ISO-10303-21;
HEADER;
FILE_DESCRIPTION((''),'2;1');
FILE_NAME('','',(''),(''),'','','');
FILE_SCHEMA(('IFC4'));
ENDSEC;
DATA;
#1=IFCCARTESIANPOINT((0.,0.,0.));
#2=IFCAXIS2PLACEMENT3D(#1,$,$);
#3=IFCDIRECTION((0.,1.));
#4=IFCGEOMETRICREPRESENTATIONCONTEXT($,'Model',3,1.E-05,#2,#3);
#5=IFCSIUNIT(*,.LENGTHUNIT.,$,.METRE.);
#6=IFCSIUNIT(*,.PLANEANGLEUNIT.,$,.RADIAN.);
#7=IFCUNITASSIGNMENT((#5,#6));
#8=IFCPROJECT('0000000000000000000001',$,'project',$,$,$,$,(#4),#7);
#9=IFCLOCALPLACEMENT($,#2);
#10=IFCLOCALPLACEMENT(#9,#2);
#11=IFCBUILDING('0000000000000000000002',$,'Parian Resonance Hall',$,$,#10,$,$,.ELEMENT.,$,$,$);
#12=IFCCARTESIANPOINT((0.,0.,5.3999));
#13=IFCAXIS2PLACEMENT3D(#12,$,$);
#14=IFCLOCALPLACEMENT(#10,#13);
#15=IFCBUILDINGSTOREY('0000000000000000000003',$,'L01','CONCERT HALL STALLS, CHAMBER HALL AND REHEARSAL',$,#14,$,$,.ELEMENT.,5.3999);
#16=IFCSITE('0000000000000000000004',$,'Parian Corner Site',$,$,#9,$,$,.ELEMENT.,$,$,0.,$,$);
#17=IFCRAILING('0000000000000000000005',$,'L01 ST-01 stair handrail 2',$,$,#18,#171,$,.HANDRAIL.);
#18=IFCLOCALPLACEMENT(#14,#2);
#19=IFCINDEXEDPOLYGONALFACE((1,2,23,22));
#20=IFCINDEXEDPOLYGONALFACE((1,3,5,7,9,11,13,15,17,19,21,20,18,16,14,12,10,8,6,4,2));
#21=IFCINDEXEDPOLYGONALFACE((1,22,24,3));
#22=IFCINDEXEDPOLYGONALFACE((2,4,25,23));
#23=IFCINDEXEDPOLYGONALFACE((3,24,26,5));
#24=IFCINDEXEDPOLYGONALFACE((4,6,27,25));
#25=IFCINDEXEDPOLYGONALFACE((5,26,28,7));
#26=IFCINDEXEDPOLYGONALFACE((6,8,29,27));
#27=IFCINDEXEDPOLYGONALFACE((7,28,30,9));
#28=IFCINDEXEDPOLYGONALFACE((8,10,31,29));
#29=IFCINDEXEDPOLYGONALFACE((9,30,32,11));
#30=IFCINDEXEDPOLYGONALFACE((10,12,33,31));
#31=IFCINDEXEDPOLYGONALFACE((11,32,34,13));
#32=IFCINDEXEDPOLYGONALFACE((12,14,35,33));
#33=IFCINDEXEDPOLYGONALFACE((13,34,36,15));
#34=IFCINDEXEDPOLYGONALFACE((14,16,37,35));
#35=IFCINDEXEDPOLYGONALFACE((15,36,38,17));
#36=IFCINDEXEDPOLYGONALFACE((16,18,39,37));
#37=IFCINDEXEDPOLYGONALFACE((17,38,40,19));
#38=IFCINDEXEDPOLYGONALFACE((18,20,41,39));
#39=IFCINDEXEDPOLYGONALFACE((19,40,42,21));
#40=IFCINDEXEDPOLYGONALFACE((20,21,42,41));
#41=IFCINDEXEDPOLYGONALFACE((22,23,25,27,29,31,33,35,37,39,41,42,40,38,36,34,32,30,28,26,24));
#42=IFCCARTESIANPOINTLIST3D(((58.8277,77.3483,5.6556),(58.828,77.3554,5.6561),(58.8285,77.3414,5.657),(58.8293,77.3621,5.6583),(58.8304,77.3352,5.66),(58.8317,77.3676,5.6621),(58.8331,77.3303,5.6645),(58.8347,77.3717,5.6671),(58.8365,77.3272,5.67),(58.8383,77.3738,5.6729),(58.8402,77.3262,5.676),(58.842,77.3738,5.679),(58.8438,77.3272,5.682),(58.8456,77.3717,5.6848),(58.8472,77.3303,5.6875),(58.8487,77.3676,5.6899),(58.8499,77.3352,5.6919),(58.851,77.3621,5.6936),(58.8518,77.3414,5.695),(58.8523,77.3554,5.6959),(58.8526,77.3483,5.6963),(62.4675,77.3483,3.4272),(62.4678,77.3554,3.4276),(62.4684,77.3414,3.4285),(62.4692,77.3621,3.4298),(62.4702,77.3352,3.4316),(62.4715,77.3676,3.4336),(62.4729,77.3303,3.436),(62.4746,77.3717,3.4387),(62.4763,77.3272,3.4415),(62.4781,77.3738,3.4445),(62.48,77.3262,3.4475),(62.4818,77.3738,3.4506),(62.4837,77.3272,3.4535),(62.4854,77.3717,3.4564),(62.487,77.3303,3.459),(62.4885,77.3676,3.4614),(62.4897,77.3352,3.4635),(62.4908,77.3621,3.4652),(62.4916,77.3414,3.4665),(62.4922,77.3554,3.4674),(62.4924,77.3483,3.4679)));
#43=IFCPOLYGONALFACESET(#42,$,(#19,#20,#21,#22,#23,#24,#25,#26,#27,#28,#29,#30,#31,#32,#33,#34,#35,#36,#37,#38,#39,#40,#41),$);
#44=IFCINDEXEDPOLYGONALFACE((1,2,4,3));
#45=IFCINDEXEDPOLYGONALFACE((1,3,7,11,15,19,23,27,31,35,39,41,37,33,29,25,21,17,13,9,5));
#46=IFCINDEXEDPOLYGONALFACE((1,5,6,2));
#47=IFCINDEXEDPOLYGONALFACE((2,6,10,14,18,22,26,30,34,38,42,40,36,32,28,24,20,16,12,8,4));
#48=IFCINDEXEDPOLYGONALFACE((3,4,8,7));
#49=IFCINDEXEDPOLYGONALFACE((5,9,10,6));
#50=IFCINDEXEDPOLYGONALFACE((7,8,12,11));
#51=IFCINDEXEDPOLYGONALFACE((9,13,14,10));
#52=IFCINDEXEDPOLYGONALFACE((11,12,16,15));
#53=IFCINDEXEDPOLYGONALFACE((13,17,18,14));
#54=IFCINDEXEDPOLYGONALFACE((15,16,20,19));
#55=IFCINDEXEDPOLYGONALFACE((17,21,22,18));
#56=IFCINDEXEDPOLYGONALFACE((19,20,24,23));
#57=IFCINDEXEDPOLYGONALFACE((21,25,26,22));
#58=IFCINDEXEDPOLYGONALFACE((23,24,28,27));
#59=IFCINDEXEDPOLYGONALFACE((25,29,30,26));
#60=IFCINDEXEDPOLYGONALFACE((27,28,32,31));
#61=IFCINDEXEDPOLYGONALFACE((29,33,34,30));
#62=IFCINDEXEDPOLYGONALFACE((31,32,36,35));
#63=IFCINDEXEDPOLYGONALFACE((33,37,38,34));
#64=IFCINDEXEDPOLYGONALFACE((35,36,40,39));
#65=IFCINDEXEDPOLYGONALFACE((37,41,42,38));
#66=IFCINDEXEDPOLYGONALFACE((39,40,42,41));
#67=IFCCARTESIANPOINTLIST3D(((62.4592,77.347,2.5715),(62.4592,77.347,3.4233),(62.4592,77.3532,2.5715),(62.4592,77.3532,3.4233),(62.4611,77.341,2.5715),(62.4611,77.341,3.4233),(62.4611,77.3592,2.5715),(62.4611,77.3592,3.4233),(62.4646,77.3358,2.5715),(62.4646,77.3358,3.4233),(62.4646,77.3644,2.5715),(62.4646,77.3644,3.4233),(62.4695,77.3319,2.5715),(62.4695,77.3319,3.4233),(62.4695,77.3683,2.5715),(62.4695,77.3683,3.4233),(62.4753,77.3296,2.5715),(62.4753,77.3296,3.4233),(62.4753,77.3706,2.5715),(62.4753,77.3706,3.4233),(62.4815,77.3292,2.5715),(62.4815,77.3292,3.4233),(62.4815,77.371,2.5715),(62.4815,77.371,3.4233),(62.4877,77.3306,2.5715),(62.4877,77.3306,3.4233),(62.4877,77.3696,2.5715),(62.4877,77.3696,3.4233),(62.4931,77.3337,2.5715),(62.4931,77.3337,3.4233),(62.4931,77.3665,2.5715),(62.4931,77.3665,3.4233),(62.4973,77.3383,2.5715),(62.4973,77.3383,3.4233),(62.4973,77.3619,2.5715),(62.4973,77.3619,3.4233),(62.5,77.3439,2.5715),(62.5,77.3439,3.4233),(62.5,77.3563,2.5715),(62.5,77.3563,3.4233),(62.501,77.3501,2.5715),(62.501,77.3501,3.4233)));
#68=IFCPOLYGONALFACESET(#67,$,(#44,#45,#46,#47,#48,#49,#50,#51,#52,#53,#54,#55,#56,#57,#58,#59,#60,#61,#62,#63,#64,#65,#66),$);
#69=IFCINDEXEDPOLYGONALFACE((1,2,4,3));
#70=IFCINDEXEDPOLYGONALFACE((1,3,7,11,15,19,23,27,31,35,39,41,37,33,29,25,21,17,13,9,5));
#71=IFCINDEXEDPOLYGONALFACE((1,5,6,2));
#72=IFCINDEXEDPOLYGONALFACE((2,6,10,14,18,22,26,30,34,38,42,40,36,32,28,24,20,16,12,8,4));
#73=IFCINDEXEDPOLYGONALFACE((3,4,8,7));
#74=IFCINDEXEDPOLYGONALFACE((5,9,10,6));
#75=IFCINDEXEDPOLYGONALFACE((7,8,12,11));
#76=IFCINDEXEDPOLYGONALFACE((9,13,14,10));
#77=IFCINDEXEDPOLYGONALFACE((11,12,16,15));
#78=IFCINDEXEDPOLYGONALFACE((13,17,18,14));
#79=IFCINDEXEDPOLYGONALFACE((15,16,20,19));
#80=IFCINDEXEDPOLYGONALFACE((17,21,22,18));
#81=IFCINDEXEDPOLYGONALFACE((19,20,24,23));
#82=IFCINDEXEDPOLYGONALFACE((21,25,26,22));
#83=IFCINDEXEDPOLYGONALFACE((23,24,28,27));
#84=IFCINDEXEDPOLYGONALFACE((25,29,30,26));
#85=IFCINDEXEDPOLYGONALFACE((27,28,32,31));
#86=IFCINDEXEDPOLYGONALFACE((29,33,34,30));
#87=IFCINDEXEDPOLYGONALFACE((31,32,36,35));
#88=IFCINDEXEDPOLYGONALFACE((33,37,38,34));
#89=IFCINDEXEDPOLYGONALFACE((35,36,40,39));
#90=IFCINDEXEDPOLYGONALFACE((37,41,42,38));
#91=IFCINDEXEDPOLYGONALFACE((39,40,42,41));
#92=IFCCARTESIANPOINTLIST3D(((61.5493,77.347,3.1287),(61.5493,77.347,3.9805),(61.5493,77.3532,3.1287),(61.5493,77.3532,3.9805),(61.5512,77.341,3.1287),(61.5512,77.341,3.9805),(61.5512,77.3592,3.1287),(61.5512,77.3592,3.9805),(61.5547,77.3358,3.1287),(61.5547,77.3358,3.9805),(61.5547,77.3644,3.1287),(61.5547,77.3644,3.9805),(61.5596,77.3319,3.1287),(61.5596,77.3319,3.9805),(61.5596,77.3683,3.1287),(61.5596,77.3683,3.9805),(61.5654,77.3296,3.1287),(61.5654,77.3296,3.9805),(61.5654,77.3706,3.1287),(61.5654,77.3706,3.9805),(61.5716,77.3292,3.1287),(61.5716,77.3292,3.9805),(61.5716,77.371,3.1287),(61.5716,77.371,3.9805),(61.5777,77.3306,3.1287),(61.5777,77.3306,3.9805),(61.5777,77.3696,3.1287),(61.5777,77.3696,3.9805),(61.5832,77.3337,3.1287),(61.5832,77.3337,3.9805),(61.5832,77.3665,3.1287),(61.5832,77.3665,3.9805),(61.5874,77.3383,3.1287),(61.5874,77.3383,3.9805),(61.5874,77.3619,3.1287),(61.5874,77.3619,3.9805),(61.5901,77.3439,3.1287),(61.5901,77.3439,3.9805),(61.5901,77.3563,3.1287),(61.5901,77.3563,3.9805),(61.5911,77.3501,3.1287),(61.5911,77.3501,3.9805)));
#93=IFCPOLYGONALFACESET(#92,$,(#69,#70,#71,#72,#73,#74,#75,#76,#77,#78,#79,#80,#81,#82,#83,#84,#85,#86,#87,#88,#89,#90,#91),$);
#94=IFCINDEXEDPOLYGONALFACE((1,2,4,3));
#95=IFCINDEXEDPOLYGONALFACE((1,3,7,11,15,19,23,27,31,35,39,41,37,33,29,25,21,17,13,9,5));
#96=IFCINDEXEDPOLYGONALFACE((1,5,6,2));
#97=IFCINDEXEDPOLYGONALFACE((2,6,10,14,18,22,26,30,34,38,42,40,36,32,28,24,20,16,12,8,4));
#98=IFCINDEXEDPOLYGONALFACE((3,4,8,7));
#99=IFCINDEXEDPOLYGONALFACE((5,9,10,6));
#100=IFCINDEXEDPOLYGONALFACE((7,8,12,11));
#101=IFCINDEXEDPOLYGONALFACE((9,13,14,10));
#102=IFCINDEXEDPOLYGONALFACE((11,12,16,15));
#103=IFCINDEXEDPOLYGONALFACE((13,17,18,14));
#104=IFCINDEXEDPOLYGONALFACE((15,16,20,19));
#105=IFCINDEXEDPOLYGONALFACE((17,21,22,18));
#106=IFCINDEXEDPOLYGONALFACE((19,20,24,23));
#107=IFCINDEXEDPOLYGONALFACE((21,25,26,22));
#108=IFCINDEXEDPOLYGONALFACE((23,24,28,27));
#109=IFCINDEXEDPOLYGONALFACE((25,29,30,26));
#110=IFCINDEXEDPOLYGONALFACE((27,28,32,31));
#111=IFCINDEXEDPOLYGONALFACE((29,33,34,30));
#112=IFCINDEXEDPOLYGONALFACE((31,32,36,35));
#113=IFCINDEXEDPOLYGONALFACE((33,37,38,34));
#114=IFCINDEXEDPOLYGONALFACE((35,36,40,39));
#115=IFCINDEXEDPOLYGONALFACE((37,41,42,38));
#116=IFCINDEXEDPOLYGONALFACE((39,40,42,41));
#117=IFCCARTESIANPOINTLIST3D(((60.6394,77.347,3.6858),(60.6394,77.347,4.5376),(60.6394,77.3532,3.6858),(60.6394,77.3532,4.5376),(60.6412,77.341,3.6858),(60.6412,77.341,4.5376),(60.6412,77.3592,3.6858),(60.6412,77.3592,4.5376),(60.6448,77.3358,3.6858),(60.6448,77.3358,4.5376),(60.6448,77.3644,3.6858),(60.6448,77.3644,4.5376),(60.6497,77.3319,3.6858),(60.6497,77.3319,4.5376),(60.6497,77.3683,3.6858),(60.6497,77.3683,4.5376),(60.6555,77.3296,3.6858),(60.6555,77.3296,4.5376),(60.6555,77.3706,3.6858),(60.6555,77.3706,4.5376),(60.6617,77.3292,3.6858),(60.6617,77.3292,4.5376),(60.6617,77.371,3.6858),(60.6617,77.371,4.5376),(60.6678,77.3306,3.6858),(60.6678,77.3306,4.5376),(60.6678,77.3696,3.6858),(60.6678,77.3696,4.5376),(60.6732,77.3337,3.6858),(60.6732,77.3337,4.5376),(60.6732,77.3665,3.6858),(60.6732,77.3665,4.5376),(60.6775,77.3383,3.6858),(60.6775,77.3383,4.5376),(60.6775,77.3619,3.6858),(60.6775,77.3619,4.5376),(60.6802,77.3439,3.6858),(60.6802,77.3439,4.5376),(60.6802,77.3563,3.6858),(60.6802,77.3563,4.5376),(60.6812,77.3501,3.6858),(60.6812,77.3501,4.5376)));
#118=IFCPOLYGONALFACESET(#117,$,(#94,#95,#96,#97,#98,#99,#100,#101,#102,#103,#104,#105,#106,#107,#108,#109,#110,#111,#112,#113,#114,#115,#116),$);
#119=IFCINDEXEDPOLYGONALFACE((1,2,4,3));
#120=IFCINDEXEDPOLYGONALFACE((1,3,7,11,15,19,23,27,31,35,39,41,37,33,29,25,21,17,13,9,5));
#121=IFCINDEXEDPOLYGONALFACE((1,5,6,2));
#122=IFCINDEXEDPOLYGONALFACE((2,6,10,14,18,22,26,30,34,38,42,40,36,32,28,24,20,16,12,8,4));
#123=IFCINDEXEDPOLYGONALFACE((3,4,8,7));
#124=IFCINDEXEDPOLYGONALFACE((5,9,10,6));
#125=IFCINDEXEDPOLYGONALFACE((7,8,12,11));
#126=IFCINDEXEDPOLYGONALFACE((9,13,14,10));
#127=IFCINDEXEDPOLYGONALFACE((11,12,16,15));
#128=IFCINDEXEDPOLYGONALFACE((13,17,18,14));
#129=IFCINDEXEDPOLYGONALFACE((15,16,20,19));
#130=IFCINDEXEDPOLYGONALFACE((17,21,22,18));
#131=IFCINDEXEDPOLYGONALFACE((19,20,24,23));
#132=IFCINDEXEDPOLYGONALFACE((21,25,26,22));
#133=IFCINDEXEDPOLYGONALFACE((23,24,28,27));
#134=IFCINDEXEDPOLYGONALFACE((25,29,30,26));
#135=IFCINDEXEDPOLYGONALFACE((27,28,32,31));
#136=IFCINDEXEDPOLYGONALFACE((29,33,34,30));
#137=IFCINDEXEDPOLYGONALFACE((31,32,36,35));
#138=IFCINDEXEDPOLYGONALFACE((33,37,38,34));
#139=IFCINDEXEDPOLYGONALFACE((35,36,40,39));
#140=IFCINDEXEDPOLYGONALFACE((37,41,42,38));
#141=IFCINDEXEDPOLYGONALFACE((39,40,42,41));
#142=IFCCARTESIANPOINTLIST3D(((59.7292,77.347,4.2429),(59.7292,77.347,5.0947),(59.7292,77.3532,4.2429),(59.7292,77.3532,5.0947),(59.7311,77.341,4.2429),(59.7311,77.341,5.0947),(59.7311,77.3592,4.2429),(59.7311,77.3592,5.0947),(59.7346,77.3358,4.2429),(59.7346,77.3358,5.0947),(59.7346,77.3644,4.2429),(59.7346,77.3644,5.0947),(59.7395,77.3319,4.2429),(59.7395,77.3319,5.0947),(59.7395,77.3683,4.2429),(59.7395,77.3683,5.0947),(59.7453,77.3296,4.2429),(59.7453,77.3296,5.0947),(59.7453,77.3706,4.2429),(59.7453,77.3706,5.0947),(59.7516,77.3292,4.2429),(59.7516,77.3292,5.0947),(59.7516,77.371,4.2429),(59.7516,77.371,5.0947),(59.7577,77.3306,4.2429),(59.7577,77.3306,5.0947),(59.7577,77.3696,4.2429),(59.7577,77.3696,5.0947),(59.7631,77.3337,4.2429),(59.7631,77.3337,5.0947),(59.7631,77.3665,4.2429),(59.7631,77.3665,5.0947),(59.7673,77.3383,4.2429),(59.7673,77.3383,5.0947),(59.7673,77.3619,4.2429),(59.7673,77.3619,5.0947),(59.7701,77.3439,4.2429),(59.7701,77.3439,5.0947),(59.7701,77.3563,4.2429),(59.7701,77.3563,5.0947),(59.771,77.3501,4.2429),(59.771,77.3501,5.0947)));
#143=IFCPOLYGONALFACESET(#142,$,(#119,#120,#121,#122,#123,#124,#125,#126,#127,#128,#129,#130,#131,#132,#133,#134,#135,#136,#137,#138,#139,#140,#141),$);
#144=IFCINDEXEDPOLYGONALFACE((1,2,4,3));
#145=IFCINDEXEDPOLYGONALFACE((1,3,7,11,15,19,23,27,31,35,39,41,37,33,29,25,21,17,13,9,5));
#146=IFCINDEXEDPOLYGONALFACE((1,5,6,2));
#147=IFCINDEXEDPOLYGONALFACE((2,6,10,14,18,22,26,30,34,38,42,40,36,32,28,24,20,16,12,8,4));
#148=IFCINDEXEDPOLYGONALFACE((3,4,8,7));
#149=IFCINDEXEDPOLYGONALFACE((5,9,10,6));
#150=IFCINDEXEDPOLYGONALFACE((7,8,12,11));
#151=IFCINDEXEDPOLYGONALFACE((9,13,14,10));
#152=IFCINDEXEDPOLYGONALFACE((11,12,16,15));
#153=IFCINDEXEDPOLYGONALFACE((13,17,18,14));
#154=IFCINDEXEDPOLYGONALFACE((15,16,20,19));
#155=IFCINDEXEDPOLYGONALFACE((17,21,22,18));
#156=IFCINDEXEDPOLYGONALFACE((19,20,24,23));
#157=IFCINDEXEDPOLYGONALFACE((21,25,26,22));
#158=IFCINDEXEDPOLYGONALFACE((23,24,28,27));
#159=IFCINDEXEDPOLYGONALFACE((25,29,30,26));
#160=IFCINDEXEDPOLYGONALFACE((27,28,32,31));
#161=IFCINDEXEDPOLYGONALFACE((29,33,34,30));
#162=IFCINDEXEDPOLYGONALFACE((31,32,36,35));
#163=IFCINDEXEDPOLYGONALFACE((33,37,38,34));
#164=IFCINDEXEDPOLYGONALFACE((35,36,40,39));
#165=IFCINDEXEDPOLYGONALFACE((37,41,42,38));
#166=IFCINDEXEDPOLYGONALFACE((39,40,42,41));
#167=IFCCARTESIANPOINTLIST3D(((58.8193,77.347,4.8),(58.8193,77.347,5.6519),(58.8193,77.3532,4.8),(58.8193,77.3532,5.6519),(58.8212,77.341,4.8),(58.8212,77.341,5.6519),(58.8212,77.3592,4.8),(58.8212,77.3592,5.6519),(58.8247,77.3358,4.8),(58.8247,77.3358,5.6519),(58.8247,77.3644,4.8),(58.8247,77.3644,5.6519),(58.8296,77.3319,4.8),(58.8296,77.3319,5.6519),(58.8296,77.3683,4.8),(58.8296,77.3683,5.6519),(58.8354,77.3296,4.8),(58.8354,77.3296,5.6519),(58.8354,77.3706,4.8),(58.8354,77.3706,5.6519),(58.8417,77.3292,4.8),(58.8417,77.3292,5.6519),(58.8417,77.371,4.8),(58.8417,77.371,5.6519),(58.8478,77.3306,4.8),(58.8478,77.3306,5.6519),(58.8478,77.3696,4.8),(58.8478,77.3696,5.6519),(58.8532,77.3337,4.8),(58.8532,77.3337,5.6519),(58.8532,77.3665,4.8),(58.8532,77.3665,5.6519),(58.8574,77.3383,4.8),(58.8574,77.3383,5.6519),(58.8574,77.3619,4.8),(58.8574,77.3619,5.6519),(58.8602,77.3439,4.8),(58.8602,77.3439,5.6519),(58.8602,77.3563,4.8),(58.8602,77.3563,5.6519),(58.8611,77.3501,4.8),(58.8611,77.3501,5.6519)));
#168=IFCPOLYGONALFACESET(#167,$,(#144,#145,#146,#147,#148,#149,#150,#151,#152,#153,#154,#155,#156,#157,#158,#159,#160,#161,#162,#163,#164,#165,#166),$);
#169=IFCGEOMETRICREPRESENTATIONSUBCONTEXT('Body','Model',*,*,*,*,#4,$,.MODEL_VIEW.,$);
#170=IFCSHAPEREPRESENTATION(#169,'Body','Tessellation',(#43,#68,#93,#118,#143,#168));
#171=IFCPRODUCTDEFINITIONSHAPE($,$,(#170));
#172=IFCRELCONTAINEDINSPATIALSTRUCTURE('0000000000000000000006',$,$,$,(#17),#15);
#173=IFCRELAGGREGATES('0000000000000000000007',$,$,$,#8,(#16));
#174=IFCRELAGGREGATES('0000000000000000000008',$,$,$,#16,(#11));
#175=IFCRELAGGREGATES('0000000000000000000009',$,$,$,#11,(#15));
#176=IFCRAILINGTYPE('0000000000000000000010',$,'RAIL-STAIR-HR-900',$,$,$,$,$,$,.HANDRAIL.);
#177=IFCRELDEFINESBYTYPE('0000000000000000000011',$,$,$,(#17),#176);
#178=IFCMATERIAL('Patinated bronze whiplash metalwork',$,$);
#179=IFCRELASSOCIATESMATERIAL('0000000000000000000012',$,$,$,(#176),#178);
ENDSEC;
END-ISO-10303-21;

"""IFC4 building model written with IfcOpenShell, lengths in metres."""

from ifc_helpers import new_model, si_unit, direction, frame, origin, origin_2d, place, context, subcontext, project, spatial, circle, extrude, material, type_object, element, save


model = new_model("IFC4")

# Units and contexts
model_context = context("Model", 3, precision=1e-05, world=origin(), true_north=direction((0.0, 1.0)))
body_context = subcontext(model_context, "Body", "Model", "MODEL_VIEW")
ifc_project = project(units=[si_unit("LENGTHUNIT", "METRE"), si_unit("PLANEANGLEUNIT", "RADIAN")], contexts=[model_context])

# Site, building, storey
site_placement = place(None, origin())
site = spatial("IfcSite", under=ifc_project, at=site_placement, Name="Parian Corner Site", CompositionType="ELEMENT", RefElevation=0.0)
building_placement = place(site_placement, origin())
building = spatial("IfcBuilding", under=site, at=building_placement, Name="Parian Resonance Hall", CompositionType="ELEMENT")
storey_placement = place(building_placement, frame((0.0, 0.0, 5.3999)))
storey = spatial("IfcBuildingStorey", under=building, at=storey_placement, Name="L01", Description="CONCERT HALL STALLS, CHAMBER HALL AND REHEARSAL", CompositionType="ELEMENT", Elevation=5.3999)

# Railing
ifc_material_1 = material(Name="Patinated bronze whiplash metalwork")
railing_type = type_object("IfcRailingType", Name="RAIL-STAIR-HR-900", PredefinedType="HANDRAIL", material=ifc_material_1)
railing_placement = place(storey_placement, frame((62.48, 77.3501, 2.5715)))
element("IfcRailing", 1, at=railing_placement, inside=storey, type_object=railing_type, Name="L01 ST-01 stair handrail 2", PredefinedType="HANDRAIL", context=body_context, shape_type="SweptSolid", body=[
    extrude(circle(Radius=0.0239, at=origin_2d()), frame((0.0, 0.0, 0.876), z_axis=(-0.85285, 0.0, 0.522156), x_axis=(0.0, -1.0, 0.0)), (0.0, 0.0, 1.0), 4.2678),
    extrude(circle(Radius=0.021, at=origin_2d()), origin(), (0.0, 0.0, 1.0), 0.8518),
    extrude(circle(Radius=0.021, at=origin_2d()), frame((-0.9099, 0.0, 0.5571)), (0.0, 0.0, 1.0), 0.8518),
    extrude(circle(Radius=0.021, at=origin_2d()), frame((-1.8198, 0.0, 1.1143)), (0.0, 0.0, 1.0), 0.8518),
    extrude(circle(Radius=0.021, at=origin_2d()), frame((-2.73, 0.0, 1.6714)), (0.0, 0.0, 1.0), 0.8518),
    extrude(circle(Radius=0.021, at=origin_2d()), frame((-3.6399, 0.0, 2.2285)), (0.0, 0.0, 1.0), 0.8518),
])

save(model, "model.ifc")
